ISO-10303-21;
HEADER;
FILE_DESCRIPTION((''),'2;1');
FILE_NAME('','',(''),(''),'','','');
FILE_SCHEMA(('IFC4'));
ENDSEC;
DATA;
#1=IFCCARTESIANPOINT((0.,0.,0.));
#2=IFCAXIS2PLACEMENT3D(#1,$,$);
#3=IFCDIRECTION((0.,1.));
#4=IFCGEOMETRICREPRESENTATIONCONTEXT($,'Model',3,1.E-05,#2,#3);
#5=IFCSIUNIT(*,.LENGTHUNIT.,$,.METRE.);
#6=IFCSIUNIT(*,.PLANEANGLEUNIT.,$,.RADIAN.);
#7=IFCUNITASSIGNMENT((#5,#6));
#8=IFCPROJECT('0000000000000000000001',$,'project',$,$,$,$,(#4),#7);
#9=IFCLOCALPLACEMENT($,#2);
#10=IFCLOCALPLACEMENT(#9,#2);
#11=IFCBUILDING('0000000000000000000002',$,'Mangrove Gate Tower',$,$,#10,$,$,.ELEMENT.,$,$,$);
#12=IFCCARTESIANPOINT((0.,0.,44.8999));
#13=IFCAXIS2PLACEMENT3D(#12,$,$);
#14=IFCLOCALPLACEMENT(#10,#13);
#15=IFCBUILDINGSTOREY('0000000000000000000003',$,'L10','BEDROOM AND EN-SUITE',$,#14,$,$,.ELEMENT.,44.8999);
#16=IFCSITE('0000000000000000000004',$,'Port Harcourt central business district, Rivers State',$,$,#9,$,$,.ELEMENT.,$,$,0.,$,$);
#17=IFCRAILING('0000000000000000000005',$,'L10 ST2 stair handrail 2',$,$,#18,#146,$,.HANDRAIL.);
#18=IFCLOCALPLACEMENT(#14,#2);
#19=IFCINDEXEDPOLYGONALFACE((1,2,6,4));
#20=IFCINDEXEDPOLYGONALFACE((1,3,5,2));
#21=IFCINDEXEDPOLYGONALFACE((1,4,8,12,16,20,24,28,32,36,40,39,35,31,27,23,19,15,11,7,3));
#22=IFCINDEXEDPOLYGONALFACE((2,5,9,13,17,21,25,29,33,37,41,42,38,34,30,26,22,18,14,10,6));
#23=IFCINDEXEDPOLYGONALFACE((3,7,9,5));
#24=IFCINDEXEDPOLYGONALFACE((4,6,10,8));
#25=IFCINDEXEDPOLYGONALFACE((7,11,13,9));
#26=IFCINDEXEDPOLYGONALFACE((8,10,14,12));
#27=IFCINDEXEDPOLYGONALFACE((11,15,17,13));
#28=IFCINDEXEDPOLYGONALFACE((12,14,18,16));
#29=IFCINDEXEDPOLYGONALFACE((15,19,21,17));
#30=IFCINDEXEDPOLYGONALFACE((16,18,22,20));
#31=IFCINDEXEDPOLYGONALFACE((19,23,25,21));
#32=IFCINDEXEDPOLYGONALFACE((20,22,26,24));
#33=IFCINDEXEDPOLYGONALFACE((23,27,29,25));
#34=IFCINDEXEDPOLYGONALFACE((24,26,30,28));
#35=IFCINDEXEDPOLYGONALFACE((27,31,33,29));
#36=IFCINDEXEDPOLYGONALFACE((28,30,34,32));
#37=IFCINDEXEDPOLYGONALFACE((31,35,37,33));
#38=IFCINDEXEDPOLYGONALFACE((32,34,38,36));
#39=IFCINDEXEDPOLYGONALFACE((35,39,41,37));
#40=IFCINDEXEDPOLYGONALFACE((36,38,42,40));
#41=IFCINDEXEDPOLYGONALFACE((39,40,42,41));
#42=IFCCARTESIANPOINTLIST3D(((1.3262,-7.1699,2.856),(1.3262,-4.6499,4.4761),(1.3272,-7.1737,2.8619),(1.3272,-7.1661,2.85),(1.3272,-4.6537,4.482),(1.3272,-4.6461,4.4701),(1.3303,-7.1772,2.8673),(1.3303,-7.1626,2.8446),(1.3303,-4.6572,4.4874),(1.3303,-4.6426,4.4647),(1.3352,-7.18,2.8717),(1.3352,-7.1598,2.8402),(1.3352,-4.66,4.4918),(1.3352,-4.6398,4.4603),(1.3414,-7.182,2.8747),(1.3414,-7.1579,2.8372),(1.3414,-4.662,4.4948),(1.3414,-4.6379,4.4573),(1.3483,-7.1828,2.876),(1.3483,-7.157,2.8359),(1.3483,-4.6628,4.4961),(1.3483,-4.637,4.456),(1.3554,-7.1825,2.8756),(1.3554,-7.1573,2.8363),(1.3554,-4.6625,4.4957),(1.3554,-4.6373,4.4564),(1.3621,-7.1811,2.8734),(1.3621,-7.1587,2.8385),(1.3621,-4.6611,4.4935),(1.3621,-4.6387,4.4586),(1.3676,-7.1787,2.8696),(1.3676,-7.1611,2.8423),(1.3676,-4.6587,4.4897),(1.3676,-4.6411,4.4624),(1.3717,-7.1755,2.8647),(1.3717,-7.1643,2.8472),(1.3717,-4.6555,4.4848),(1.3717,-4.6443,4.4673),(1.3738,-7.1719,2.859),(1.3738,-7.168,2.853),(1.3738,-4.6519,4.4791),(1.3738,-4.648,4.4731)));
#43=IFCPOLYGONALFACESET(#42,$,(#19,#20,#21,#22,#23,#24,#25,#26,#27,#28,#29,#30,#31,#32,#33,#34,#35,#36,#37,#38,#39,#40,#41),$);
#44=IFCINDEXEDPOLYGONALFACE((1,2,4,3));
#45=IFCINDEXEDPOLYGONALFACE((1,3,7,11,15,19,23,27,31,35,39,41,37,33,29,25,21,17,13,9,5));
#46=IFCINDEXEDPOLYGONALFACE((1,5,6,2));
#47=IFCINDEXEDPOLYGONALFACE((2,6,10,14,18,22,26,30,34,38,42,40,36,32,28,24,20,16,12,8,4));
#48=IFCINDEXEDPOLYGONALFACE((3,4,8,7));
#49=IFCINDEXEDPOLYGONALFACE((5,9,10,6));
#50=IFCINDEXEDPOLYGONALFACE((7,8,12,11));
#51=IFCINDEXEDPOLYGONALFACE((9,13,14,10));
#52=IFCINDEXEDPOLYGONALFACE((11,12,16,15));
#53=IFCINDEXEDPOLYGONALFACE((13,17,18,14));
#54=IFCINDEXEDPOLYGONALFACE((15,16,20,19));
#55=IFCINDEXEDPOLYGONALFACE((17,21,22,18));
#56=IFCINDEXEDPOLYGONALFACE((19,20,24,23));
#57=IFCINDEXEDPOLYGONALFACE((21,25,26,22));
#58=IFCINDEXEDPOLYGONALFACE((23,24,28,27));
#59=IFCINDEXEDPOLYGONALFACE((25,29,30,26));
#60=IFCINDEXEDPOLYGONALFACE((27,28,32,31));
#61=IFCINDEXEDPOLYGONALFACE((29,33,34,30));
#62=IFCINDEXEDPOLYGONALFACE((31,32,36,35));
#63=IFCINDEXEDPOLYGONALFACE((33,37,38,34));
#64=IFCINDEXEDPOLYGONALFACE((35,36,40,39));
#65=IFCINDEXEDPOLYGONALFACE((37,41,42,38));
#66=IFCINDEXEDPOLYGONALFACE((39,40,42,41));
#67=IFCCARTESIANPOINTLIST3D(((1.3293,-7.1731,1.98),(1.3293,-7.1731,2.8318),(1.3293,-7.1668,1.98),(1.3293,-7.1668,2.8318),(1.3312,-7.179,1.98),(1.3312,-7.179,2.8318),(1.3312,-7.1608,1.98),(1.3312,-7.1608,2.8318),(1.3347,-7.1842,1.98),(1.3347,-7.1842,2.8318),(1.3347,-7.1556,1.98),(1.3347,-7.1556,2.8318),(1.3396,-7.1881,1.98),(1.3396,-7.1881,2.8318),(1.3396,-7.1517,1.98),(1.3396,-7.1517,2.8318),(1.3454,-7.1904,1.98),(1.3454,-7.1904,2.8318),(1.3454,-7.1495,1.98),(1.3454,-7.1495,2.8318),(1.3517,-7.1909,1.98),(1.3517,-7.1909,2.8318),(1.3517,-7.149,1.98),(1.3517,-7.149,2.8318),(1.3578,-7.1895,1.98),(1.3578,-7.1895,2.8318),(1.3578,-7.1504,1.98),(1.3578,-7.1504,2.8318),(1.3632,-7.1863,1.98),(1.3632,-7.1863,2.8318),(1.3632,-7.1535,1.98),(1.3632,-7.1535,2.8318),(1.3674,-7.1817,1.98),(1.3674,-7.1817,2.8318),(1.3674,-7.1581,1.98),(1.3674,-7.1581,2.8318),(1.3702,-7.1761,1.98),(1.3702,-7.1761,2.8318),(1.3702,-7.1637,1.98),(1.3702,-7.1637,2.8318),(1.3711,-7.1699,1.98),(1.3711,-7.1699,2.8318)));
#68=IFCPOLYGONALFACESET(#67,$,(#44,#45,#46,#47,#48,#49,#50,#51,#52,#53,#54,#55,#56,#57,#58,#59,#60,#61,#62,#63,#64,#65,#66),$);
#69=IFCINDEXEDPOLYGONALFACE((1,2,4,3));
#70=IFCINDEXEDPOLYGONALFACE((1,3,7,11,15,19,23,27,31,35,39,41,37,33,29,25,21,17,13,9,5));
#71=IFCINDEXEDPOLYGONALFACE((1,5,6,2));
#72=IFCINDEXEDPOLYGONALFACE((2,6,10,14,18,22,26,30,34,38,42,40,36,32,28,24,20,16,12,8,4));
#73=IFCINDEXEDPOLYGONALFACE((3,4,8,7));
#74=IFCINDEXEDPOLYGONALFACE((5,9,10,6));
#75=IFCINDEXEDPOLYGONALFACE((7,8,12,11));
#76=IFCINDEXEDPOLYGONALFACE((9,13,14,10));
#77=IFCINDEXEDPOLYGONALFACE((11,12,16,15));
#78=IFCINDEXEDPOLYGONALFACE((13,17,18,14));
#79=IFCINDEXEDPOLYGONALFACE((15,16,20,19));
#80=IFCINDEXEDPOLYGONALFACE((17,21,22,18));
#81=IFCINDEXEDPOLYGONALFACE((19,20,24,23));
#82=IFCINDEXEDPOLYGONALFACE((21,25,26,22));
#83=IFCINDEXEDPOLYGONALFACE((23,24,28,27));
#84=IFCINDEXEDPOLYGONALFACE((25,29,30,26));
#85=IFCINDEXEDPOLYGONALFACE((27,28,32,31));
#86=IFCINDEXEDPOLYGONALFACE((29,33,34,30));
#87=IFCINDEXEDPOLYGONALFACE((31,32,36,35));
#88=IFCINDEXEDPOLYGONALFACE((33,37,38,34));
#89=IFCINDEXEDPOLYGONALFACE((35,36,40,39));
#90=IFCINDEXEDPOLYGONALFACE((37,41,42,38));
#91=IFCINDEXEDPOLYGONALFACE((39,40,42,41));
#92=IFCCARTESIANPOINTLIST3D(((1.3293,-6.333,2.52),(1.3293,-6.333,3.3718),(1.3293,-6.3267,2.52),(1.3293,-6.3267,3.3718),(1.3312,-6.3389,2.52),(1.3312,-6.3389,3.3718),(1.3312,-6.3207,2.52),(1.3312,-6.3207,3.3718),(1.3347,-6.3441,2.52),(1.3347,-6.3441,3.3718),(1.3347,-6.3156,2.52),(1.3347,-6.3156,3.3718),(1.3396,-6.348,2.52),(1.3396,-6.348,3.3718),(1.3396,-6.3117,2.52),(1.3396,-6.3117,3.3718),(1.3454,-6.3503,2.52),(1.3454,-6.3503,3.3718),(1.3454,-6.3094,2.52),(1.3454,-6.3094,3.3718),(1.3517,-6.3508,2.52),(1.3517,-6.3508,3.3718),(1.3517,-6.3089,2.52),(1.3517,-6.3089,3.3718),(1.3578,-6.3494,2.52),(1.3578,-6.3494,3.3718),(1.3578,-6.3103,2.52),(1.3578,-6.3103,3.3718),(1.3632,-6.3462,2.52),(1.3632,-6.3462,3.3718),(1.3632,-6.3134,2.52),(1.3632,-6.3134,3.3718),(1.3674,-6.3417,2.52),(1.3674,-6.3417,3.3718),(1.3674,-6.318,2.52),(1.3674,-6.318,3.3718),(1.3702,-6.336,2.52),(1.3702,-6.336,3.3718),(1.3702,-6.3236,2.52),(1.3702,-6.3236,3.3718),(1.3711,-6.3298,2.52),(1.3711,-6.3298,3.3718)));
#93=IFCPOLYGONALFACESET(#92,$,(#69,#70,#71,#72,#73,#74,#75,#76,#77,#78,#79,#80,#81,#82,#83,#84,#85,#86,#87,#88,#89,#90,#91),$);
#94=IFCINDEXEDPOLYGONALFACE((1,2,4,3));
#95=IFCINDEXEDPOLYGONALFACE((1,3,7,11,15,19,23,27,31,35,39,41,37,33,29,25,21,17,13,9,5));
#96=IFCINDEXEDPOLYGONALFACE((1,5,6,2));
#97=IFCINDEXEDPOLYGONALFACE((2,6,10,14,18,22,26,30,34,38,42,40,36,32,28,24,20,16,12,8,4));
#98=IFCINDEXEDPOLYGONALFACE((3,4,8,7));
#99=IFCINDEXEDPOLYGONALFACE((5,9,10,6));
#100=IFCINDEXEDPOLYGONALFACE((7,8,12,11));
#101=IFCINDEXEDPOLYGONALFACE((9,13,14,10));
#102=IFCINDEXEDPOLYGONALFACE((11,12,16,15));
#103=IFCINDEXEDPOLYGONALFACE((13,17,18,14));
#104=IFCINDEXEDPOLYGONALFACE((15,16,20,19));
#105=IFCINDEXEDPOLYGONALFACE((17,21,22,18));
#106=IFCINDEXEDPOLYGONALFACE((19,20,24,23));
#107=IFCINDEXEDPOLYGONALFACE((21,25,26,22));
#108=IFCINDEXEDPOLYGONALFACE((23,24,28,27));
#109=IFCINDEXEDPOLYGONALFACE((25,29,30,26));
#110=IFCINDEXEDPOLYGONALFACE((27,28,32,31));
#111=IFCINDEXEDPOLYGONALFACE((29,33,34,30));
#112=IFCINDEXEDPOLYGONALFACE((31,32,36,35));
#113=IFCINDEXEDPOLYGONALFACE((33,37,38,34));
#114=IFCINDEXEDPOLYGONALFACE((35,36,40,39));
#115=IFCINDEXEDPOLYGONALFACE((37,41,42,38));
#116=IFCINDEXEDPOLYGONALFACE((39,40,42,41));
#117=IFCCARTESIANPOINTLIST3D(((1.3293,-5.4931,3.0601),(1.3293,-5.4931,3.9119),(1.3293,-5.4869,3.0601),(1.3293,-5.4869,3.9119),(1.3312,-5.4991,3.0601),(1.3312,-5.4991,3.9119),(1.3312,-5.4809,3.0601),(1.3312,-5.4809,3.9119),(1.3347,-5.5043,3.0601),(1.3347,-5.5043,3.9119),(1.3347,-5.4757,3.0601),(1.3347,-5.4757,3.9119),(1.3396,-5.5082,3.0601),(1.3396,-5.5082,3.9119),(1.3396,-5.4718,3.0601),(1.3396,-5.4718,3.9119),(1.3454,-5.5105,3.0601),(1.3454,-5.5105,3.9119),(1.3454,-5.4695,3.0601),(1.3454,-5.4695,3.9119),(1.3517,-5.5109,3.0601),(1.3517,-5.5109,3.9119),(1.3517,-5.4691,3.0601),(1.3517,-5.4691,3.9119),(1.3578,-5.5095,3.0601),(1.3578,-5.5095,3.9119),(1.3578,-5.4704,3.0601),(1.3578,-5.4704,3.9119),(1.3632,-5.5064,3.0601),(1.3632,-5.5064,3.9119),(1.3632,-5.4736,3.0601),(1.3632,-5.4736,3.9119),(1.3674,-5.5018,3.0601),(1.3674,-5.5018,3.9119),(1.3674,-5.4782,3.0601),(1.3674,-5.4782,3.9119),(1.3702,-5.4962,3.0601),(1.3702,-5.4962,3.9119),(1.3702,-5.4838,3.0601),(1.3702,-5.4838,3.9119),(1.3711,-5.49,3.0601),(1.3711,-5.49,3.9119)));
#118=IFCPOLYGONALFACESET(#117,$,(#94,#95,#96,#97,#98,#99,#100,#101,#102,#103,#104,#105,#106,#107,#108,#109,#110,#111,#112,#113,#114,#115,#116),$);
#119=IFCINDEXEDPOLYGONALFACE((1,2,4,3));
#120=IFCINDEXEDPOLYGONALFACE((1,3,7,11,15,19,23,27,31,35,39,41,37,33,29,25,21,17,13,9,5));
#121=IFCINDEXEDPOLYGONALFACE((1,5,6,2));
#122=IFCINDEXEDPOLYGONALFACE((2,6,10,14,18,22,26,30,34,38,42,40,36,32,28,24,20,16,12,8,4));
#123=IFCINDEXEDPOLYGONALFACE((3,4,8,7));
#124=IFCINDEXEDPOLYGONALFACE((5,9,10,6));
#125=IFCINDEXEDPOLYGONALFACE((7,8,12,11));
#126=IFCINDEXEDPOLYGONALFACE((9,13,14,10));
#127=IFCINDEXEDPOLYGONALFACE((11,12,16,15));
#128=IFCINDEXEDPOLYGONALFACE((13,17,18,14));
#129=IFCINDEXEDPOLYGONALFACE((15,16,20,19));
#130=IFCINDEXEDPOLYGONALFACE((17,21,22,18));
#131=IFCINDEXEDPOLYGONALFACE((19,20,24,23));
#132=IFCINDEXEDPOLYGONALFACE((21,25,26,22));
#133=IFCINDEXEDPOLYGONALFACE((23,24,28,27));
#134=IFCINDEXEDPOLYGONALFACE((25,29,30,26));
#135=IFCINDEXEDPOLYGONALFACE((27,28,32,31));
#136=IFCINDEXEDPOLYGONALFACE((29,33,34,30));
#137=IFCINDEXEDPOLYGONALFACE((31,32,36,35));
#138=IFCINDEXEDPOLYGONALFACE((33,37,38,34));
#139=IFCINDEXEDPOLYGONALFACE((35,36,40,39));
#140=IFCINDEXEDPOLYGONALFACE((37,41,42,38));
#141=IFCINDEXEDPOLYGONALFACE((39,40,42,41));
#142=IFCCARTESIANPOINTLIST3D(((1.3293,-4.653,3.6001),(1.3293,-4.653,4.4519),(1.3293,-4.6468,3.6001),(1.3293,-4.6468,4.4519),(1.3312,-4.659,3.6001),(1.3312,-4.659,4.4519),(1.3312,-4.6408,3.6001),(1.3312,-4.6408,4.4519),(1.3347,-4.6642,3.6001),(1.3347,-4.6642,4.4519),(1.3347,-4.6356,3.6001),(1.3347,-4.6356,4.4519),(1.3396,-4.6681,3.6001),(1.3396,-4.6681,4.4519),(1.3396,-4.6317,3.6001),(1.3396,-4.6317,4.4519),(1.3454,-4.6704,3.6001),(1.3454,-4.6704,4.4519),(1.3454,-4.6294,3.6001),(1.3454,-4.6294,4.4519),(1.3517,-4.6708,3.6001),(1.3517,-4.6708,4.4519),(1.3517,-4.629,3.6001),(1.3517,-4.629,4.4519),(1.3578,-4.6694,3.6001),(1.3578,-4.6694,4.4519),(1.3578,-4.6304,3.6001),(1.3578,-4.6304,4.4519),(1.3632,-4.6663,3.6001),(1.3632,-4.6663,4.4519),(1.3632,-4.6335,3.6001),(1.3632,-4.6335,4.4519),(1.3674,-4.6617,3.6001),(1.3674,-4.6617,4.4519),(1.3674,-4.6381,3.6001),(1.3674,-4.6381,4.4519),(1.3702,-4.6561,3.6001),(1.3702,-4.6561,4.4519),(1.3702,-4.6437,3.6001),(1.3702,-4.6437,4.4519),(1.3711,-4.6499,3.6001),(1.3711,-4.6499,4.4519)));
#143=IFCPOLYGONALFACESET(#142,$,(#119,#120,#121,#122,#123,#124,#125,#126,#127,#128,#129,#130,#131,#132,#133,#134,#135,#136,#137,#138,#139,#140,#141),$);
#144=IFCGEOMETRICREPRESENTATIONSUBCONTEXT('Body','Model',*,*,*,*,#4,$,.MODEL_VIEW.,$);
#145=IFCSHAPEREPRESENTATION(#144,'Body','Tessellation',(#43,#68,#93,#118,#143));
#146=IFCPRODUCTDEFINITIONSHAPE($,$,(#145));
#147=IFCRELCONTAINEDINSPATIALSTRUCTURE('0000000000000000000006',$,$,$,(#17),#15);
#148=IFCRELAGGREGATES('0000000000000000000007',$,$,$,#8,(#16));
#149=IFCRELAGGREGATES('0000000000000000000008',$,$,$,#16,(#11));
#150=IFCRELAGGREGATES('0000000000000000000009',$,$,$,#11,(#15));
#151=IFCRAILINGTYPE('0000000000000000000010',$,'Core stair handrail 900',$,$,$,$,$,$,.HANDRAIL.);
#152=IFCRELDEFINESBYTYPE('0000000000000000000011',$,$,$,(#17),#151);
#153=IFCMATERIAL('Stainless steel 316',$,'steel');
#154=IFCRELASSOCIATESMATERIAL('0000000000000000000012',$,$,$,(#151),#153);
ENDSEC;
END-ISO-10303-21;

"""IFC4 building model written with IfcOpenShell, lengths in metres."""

from ifc_helpers import new_model, si_unit, direction, frame, origin, origin_2d, place, context, subcontext, project, spatial, circle, extrude, material, type_object, element, save


model = new_model("IFC4")

# Units and contexts
model_context = context("Model", 3, precision=1e-05, world=origin(), true_north=direction((0.0, 1.0)))
body_context = subcontext(model_context, "Body", "Model", "MODEL_VIEW")
ifc_project = project(units=[si_unit("LENGTHUNIT", "METRE"), si_unit("PLANEANGLEUNIT", "RADIAN")], contexts=[model_context])

# Site, building, storey
site_placement = place(None, origin())
site = spatial("IfcSite", under=ifc_project, at=site_placement, Name="Port Harcourt central business district, Rivers State", CompositionType="ELEMENT", RefElevation=0.0)
building_placement = place(site_placement, origin())
building = spatial("IfcBuilding", under=site, at=building_placement, Name="Mangrove Gate Tower", CompositionType="ELEMENT")
storey_placement = place(building_placement, frame((0.0, 0.0, 44.8999)))
storey = spatial("IfcBuildingStorey", under=building, at=storey_placement, Name="L10", Description="BEDROOM AND EN-SUITE", CompositionType="ELEMENT", Elevation=44.8999)

# Railing
ifc_material_1 = material(Name="Stainless steel 316", Category="steel")
railing_type_1 = type_object("IfcRailingType", Name="Core stair handrail 900", PredefinedType="HANDRAIL", material=ifc_material_1)
railing_1_placement = place(storey_placement, frame((1.3501, -7.1699, 1.98)))
element("IfcRailing", 1, at=railing_1_placement, inside=storey, type_object=railing_type_1, Name="L10 ST2 stair handrail 2", PredefinedType="HANDRAIL", context=body_context, shape_type="SweptSolid", body=[
    extrude(circle(Radius=0.0239, at=origin_2d()), frame((0.0, 0.0, 0.876), z_axis=(0.0, 0.841163, 0.540782), x_axis=(-1.0, 0.0, 0.0)), (0.0, 0.0, 1.0), 2.9958),
    extrude(circle(Radius=0.021, at=origin_2d()), origin(), (0.0, 0.0, 1.0), 0.8518),
    extrude(circle(Radius=0.021, at=origin_2d()), frame((0.0, 0.8401, 0.54)), (0.0, 0.0, 1.0), 0.8518),
    extrude(circle(Radius=0.021, at=origin_2d()), frame((0.0, 1.6799, 1.0801)), (0.0, 0.0, 1.0), 0.8518),
    extrude(circle(Radius=0.021, at=origin_2d()), frame((0.0, 2.52, 1.6201)), (0.0, 0.0, 1.0), 0.8518),
])

save(model, "model.ifc")
